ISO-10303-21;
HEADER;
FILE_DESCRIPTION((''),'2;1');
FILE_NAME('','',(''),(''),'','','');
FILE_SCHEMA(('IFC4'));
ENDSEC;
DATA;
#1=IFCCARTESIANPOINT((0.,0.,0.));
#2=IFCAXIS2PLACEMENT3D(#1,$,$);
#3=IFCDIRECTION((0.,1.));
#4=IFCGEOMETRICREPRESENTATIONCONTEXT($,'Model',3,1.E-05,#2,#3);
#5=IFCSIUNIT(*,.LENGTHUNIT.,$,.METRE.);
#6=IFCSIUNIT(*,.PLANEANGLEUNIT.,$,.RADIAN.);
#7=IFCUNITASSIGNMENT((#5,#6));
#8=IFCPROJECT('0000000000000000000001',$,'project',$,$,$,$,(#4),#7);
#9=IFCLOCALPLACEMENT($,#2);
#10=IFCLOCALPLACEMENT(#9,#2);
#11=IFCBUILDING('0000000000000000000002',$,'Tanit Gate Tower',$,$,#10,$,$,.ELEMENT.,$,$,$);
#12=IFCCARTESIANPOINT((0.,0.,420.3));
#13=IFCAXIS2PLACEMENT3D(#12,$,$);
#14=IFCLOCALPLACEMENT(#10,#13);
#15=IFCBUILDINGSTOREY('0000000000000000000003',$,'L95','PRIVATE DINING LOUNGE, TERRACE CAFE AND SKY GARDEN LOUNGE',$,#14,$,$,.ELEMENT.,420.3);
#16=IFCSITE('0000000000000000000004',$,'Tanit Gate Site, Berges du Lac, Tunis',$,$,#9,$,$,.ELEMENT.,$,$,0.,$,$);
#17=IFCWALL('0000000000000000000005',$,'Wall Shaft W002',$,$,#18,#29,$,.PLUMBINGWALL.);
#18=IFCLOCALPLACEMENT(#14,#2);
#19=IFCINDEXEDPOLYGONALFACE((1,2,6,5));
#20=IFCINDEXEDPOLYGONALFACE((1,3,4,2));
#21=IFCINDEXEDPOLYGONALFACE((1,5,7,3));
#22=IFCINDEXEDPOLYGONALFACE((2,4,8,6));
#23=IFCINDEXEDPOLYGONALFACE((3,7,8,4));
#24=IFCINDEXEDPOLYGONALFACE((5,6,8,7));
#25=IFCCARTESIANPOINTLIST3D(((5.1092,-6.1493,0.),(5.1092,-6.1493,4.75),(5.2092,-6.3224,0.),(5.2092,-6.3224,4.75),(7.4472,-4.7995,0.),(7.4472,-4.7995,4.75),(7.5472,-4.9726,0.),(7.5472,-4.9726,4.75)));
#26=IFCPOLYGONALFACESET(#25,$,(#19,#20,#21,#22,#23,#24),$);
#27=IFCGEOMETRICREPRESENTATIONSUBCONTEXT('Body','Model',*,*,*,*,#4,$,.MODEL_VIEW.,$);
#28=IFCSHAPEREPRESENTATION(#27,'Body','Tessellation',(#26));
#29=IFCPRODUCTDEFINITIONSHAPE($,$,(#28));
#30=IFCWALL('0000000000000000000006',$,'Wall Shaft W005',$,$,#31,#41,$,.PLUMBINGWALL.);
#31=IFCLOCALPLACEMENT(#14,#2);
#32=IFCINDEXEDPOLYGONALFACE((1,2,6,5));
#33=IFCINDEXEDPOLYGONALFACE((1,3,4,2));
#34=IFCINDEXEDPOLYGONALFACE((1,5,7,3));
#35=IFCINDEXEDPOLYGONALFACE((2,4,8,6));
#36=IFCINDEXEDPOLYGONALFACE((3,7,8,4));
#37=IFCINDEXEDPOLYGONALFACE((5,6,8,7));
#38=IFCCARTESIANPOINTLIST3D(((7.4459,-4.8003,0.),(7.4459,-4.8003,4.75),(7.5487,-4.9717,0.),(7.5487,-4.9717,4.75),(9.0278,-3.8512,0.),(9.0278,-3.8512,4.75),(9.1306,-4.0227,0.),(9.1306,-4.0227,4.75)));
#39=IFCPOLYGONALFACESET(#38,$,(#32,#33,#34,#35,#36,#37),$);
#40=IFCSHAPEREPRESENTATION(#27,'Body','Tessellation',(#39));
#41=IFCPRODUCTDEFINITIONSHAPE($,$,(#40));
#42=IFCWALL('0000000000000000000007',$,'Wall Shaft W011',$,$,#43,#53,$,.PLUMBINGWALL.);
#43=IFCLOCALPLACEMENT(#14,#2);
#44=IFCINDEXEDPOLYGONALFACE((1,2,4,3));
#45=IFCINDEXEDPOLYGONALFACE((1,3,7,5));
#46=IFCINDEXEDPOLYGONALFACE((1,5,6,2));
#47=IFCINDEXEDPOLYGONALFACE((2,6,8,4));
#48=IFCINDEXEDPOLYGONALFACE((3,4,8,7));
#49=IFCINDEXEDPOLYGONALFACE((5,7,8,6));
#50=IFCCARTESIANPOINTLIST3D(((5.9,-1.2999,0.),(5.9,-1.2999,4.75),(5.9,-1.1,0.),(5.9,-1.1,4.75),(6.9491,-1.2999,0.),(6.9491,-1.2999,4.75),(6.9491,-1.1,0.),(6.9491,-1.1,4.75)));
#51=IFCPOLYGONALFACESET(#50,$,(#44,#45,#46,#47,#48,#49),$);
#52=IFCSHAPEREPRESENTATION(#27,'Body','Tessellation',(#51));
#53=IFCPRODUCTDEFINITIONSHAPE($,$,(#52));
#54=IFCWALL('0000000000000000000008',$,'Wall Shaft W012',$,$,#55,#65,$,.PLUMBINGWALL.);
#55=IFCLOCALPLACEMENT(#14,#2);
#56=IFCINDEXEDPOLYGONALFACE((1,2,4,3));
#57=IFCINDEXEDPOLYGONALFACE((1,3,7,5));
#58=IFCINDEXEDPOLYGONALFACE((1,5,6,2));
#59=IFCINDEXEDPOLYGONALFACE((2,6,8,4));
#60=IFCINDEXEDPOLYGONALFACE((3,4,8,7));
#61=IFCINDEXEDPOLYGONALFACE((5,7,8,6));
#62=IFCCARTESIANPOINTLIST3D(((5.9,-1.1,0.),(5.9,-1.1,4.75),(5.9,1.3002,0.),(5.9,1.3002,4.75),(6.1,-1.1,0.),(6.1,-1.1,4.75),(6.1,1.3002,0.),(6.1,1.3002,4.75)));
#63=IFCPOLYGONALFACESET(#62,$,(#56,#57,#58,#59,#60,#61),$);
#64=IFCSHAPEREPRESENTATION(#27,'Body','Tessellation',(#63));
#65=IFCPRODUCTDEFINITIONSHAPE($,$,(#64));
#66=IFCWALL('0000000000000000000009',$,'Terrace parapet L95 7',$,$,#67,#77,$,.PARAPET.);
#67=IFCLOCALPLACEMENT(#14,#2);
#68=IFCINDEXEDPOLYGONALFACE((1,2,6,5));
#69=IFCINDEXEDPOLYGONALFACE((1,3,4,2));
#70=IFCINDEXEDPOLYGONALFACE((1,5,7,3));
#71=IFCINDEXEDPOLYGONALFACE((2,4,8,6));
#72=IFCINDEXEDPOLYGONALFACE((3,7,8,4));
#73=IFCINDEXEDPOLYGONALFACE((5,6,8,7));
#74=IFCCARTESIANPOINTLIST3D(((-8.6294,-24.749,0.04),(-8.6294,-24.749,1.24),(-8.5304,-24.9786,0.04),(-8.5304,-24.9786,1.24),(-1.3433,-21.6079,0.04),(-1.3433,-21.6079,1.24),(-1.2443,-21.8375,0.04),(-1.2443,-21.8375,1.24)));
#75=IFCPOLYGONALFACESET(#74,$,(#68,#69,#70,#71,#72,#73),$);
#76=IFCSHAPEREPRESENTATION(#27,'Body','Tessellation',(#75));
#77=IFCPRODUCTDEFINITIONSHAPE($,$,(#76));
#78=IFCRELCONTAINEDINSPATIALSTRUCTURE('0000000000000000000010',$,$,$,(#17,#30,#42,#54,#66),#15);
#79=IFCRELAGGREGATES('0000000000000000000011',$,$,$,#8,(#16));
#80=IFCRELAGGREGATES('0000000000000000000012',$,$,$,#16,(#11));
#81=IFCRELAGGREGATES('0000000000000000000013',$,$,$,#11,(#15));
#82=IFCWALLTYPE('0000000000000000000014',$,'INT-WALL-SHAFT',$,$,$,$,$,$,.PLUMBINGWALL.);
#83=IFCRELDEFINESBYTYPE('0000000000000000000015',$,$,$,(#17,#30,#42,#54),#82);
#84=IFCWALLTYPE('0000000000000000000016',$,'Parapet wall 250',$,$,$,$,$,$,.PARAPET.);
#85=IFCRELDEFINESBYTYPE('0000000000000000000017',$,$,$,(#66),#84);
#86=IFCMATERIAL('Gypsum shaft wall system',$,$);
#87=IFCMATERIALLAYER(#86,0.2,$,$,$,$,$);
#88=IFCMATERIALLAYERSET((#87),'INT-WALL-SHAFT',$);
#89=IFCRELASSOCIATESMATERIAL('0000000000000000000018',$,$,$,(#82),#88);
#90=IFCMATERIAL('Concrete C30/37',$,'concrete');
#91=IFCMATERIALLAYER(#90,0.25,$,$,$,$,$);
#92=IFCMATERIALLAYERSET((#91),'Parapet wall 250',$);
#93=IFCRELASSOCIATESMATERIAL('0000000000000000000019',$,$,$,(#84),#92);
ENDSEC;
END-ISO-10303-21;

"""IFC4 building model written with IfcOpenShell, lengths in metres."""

from ifc_helpers import new_model, si_unit, direction, frame, frame_2d, origin, place, context, subcontext, project, spatial, rectangle, extrude, material, layer, layer_set, type_object, element, save


model = new_model("IFC4")

# Units and contexts
model_context = context("Model", 3, precision=1e-05, world=origin(), true_north=direction((0.0, 1.0)))
body_context = subcontext(model_context, "Body", "Model", "MODEL_VIEW")
ifc_project = project(units=[si_unit("LENGTHUNIT", "METRE"), si_unit("PLANEANGLEUNIT", "RADIAN")], contexts=[model_context])

# Site, building, storey
site_placement = place(None, origin())
site = spatial("IfcSite", under=ifc_project, at=site_placement, Name="Tanit Gate Site, Berges du Lac, Tunis", CompositionType="ELEMENT", RefElevation=0.0)
building_placement = place(site_placement, origin())
building = spatial("IfcBuilding", under=site, at=building_placement, Name="Tanit Gate Tower", CompositionType="ELEMENT")
storey_placement = place(building_placement, frame((0.0, 0.0, 420.3)))
storey = spatial("IfcBuildingStorey", under=building, at=storey_placement, Name="L95", Description="PRIVATE DINING LOUNGE, TERRACE CAFE AND SKY GARDEN LOUNGE", CompositionType="ELEMENT", Elevation=420.3)

# Walls
ifc_material_1 = material(Name="Gypsum shaft wall system")
ifc_layer_1 = layer(ifc_material_1, 0.2)
ifc_layer_set_1 = layer_set([ifc_layer_1], Name="INT-WALL-SHAFT")
wall_type_1 = type_object("IfcWallType", Name="INT-WALL-SHAFT", PredefinedType="PLUMBINGWALL", material=ifc_layer_set_1)
wall_1_placement = place(storey_placement, frame((5.1592, -6.2358, 0.0), z_axis=(0.0, 0.0, 1.0), x_axis=(0.866037, 0.499981, 0.0)))
element("IfcWall", 1, at=wall_1_placement, inside=storey, type_object=wall_type_1, Name="Wall Shaft W002", PredefinedType="PLUMBINGWALL", context=body_context, shape_type="SweptSolid", body=[
    extrude(rectangle(XDim=2.6997, YDim=0.2, at=frame_2d((1.3499, 0.0))), origin(), (0.0, 0.0, 1.0), 4.75),
])
wall_2_placement = place(storey_placement, frame((7.4973, -4.886, 0.0), z_axis=(0.0, 0.0, 1.0), x_axis=(0.857516, 0.514457, 0.0)))
element("IfcWall", 2, at=wall_2_placement, inside=storey, type_object=wall_type_1, Name="Wall Shaft W005", PredefinedType="PLUMBINGWALL", context=body_context, shape_type="SweptSolid", body=[
    extrude(rectangle(XDim=1.8447, YDim=0.2, at=frame_2d((0.9224, 0.0))), origin(), (0.0, 0.0, 1.0), 4.75),
])
wall_3_placement = place(storey_placement, frame((6.949, -1.2, 0.0), z_axis=(0.0, 0.0, 1.0), x_axis=(-1.0, 0.0, 0.0)))
element("IfcWall", 3, at=wall_3_placement, inside=storey, type_object=wall_type_1, Name="Wall Shaft W011", PredefinedType="PLUMBINGWALL", context=body_context, shape_type="SweptSolid", body=[
    extrude(rectangle(XDim=1.0491, YDim=0.2, at=frame_2d((0.5244, 0.0))), origin(), (0.0, 0.0, 1.0), 4.75),
])
wall_4_placement = place(storey_placement, frame((6.0, -1.1001, 0.0), z_axis=(0.0, 0.0, 1.0), x_axis=(0.0, 1.0, 0.0)))
element("IfcWall", 4, at=wall_4_placement, inside=storey, type_object=wall_type_1, Name="Wall Shaft W012", PredefinedType="PLUMBINGWALL", context=body_context, shape_type="SweptSolid", body=[
    extrude(rectangle(XDim=2.4001, YDim=0.2, at=frame_2d((1.2002, 0.0))), origin(), (0.0, 0.0, 1.0), 4.75),
])
ifc_material_2 = material(Name="Concrete C30/37", Category="concrete")
ifc_layer_2 = layer(ifc_material_2, 0.25)
ifc_layer_set_2 = layer_set([ifc_layer_2], Name="Parapet wall 250")
wall_type_2 = type_object("IfcWallType", Name="Parapet wall 250", PredefinedType="PARAPET", material=ifc_layer_set_2)
wall_5_placement = place(storey_placement, frame((-1.2937, -21.7227, 0.04), z_axis=(0.0, 0.0, 1.0), x_axis=(-0.918299, -0.395887, 0.0)))
element("IfcWall", 5, at=wall_5_placement, inside=storey, type_object=wall_type_2, Name="Terrace parapet L95 7", PredefinedType="PARAPET", context=body_context, shape_type="SweptSolid", body=[
    extrude(rectangle(XDim=7.9343, YDim=0.25, at=frame_2d((3.9673, 0.0))), origin(), (0.0, 0.0, 1.0), 1.2),
])

save(model, "model.ifc")
